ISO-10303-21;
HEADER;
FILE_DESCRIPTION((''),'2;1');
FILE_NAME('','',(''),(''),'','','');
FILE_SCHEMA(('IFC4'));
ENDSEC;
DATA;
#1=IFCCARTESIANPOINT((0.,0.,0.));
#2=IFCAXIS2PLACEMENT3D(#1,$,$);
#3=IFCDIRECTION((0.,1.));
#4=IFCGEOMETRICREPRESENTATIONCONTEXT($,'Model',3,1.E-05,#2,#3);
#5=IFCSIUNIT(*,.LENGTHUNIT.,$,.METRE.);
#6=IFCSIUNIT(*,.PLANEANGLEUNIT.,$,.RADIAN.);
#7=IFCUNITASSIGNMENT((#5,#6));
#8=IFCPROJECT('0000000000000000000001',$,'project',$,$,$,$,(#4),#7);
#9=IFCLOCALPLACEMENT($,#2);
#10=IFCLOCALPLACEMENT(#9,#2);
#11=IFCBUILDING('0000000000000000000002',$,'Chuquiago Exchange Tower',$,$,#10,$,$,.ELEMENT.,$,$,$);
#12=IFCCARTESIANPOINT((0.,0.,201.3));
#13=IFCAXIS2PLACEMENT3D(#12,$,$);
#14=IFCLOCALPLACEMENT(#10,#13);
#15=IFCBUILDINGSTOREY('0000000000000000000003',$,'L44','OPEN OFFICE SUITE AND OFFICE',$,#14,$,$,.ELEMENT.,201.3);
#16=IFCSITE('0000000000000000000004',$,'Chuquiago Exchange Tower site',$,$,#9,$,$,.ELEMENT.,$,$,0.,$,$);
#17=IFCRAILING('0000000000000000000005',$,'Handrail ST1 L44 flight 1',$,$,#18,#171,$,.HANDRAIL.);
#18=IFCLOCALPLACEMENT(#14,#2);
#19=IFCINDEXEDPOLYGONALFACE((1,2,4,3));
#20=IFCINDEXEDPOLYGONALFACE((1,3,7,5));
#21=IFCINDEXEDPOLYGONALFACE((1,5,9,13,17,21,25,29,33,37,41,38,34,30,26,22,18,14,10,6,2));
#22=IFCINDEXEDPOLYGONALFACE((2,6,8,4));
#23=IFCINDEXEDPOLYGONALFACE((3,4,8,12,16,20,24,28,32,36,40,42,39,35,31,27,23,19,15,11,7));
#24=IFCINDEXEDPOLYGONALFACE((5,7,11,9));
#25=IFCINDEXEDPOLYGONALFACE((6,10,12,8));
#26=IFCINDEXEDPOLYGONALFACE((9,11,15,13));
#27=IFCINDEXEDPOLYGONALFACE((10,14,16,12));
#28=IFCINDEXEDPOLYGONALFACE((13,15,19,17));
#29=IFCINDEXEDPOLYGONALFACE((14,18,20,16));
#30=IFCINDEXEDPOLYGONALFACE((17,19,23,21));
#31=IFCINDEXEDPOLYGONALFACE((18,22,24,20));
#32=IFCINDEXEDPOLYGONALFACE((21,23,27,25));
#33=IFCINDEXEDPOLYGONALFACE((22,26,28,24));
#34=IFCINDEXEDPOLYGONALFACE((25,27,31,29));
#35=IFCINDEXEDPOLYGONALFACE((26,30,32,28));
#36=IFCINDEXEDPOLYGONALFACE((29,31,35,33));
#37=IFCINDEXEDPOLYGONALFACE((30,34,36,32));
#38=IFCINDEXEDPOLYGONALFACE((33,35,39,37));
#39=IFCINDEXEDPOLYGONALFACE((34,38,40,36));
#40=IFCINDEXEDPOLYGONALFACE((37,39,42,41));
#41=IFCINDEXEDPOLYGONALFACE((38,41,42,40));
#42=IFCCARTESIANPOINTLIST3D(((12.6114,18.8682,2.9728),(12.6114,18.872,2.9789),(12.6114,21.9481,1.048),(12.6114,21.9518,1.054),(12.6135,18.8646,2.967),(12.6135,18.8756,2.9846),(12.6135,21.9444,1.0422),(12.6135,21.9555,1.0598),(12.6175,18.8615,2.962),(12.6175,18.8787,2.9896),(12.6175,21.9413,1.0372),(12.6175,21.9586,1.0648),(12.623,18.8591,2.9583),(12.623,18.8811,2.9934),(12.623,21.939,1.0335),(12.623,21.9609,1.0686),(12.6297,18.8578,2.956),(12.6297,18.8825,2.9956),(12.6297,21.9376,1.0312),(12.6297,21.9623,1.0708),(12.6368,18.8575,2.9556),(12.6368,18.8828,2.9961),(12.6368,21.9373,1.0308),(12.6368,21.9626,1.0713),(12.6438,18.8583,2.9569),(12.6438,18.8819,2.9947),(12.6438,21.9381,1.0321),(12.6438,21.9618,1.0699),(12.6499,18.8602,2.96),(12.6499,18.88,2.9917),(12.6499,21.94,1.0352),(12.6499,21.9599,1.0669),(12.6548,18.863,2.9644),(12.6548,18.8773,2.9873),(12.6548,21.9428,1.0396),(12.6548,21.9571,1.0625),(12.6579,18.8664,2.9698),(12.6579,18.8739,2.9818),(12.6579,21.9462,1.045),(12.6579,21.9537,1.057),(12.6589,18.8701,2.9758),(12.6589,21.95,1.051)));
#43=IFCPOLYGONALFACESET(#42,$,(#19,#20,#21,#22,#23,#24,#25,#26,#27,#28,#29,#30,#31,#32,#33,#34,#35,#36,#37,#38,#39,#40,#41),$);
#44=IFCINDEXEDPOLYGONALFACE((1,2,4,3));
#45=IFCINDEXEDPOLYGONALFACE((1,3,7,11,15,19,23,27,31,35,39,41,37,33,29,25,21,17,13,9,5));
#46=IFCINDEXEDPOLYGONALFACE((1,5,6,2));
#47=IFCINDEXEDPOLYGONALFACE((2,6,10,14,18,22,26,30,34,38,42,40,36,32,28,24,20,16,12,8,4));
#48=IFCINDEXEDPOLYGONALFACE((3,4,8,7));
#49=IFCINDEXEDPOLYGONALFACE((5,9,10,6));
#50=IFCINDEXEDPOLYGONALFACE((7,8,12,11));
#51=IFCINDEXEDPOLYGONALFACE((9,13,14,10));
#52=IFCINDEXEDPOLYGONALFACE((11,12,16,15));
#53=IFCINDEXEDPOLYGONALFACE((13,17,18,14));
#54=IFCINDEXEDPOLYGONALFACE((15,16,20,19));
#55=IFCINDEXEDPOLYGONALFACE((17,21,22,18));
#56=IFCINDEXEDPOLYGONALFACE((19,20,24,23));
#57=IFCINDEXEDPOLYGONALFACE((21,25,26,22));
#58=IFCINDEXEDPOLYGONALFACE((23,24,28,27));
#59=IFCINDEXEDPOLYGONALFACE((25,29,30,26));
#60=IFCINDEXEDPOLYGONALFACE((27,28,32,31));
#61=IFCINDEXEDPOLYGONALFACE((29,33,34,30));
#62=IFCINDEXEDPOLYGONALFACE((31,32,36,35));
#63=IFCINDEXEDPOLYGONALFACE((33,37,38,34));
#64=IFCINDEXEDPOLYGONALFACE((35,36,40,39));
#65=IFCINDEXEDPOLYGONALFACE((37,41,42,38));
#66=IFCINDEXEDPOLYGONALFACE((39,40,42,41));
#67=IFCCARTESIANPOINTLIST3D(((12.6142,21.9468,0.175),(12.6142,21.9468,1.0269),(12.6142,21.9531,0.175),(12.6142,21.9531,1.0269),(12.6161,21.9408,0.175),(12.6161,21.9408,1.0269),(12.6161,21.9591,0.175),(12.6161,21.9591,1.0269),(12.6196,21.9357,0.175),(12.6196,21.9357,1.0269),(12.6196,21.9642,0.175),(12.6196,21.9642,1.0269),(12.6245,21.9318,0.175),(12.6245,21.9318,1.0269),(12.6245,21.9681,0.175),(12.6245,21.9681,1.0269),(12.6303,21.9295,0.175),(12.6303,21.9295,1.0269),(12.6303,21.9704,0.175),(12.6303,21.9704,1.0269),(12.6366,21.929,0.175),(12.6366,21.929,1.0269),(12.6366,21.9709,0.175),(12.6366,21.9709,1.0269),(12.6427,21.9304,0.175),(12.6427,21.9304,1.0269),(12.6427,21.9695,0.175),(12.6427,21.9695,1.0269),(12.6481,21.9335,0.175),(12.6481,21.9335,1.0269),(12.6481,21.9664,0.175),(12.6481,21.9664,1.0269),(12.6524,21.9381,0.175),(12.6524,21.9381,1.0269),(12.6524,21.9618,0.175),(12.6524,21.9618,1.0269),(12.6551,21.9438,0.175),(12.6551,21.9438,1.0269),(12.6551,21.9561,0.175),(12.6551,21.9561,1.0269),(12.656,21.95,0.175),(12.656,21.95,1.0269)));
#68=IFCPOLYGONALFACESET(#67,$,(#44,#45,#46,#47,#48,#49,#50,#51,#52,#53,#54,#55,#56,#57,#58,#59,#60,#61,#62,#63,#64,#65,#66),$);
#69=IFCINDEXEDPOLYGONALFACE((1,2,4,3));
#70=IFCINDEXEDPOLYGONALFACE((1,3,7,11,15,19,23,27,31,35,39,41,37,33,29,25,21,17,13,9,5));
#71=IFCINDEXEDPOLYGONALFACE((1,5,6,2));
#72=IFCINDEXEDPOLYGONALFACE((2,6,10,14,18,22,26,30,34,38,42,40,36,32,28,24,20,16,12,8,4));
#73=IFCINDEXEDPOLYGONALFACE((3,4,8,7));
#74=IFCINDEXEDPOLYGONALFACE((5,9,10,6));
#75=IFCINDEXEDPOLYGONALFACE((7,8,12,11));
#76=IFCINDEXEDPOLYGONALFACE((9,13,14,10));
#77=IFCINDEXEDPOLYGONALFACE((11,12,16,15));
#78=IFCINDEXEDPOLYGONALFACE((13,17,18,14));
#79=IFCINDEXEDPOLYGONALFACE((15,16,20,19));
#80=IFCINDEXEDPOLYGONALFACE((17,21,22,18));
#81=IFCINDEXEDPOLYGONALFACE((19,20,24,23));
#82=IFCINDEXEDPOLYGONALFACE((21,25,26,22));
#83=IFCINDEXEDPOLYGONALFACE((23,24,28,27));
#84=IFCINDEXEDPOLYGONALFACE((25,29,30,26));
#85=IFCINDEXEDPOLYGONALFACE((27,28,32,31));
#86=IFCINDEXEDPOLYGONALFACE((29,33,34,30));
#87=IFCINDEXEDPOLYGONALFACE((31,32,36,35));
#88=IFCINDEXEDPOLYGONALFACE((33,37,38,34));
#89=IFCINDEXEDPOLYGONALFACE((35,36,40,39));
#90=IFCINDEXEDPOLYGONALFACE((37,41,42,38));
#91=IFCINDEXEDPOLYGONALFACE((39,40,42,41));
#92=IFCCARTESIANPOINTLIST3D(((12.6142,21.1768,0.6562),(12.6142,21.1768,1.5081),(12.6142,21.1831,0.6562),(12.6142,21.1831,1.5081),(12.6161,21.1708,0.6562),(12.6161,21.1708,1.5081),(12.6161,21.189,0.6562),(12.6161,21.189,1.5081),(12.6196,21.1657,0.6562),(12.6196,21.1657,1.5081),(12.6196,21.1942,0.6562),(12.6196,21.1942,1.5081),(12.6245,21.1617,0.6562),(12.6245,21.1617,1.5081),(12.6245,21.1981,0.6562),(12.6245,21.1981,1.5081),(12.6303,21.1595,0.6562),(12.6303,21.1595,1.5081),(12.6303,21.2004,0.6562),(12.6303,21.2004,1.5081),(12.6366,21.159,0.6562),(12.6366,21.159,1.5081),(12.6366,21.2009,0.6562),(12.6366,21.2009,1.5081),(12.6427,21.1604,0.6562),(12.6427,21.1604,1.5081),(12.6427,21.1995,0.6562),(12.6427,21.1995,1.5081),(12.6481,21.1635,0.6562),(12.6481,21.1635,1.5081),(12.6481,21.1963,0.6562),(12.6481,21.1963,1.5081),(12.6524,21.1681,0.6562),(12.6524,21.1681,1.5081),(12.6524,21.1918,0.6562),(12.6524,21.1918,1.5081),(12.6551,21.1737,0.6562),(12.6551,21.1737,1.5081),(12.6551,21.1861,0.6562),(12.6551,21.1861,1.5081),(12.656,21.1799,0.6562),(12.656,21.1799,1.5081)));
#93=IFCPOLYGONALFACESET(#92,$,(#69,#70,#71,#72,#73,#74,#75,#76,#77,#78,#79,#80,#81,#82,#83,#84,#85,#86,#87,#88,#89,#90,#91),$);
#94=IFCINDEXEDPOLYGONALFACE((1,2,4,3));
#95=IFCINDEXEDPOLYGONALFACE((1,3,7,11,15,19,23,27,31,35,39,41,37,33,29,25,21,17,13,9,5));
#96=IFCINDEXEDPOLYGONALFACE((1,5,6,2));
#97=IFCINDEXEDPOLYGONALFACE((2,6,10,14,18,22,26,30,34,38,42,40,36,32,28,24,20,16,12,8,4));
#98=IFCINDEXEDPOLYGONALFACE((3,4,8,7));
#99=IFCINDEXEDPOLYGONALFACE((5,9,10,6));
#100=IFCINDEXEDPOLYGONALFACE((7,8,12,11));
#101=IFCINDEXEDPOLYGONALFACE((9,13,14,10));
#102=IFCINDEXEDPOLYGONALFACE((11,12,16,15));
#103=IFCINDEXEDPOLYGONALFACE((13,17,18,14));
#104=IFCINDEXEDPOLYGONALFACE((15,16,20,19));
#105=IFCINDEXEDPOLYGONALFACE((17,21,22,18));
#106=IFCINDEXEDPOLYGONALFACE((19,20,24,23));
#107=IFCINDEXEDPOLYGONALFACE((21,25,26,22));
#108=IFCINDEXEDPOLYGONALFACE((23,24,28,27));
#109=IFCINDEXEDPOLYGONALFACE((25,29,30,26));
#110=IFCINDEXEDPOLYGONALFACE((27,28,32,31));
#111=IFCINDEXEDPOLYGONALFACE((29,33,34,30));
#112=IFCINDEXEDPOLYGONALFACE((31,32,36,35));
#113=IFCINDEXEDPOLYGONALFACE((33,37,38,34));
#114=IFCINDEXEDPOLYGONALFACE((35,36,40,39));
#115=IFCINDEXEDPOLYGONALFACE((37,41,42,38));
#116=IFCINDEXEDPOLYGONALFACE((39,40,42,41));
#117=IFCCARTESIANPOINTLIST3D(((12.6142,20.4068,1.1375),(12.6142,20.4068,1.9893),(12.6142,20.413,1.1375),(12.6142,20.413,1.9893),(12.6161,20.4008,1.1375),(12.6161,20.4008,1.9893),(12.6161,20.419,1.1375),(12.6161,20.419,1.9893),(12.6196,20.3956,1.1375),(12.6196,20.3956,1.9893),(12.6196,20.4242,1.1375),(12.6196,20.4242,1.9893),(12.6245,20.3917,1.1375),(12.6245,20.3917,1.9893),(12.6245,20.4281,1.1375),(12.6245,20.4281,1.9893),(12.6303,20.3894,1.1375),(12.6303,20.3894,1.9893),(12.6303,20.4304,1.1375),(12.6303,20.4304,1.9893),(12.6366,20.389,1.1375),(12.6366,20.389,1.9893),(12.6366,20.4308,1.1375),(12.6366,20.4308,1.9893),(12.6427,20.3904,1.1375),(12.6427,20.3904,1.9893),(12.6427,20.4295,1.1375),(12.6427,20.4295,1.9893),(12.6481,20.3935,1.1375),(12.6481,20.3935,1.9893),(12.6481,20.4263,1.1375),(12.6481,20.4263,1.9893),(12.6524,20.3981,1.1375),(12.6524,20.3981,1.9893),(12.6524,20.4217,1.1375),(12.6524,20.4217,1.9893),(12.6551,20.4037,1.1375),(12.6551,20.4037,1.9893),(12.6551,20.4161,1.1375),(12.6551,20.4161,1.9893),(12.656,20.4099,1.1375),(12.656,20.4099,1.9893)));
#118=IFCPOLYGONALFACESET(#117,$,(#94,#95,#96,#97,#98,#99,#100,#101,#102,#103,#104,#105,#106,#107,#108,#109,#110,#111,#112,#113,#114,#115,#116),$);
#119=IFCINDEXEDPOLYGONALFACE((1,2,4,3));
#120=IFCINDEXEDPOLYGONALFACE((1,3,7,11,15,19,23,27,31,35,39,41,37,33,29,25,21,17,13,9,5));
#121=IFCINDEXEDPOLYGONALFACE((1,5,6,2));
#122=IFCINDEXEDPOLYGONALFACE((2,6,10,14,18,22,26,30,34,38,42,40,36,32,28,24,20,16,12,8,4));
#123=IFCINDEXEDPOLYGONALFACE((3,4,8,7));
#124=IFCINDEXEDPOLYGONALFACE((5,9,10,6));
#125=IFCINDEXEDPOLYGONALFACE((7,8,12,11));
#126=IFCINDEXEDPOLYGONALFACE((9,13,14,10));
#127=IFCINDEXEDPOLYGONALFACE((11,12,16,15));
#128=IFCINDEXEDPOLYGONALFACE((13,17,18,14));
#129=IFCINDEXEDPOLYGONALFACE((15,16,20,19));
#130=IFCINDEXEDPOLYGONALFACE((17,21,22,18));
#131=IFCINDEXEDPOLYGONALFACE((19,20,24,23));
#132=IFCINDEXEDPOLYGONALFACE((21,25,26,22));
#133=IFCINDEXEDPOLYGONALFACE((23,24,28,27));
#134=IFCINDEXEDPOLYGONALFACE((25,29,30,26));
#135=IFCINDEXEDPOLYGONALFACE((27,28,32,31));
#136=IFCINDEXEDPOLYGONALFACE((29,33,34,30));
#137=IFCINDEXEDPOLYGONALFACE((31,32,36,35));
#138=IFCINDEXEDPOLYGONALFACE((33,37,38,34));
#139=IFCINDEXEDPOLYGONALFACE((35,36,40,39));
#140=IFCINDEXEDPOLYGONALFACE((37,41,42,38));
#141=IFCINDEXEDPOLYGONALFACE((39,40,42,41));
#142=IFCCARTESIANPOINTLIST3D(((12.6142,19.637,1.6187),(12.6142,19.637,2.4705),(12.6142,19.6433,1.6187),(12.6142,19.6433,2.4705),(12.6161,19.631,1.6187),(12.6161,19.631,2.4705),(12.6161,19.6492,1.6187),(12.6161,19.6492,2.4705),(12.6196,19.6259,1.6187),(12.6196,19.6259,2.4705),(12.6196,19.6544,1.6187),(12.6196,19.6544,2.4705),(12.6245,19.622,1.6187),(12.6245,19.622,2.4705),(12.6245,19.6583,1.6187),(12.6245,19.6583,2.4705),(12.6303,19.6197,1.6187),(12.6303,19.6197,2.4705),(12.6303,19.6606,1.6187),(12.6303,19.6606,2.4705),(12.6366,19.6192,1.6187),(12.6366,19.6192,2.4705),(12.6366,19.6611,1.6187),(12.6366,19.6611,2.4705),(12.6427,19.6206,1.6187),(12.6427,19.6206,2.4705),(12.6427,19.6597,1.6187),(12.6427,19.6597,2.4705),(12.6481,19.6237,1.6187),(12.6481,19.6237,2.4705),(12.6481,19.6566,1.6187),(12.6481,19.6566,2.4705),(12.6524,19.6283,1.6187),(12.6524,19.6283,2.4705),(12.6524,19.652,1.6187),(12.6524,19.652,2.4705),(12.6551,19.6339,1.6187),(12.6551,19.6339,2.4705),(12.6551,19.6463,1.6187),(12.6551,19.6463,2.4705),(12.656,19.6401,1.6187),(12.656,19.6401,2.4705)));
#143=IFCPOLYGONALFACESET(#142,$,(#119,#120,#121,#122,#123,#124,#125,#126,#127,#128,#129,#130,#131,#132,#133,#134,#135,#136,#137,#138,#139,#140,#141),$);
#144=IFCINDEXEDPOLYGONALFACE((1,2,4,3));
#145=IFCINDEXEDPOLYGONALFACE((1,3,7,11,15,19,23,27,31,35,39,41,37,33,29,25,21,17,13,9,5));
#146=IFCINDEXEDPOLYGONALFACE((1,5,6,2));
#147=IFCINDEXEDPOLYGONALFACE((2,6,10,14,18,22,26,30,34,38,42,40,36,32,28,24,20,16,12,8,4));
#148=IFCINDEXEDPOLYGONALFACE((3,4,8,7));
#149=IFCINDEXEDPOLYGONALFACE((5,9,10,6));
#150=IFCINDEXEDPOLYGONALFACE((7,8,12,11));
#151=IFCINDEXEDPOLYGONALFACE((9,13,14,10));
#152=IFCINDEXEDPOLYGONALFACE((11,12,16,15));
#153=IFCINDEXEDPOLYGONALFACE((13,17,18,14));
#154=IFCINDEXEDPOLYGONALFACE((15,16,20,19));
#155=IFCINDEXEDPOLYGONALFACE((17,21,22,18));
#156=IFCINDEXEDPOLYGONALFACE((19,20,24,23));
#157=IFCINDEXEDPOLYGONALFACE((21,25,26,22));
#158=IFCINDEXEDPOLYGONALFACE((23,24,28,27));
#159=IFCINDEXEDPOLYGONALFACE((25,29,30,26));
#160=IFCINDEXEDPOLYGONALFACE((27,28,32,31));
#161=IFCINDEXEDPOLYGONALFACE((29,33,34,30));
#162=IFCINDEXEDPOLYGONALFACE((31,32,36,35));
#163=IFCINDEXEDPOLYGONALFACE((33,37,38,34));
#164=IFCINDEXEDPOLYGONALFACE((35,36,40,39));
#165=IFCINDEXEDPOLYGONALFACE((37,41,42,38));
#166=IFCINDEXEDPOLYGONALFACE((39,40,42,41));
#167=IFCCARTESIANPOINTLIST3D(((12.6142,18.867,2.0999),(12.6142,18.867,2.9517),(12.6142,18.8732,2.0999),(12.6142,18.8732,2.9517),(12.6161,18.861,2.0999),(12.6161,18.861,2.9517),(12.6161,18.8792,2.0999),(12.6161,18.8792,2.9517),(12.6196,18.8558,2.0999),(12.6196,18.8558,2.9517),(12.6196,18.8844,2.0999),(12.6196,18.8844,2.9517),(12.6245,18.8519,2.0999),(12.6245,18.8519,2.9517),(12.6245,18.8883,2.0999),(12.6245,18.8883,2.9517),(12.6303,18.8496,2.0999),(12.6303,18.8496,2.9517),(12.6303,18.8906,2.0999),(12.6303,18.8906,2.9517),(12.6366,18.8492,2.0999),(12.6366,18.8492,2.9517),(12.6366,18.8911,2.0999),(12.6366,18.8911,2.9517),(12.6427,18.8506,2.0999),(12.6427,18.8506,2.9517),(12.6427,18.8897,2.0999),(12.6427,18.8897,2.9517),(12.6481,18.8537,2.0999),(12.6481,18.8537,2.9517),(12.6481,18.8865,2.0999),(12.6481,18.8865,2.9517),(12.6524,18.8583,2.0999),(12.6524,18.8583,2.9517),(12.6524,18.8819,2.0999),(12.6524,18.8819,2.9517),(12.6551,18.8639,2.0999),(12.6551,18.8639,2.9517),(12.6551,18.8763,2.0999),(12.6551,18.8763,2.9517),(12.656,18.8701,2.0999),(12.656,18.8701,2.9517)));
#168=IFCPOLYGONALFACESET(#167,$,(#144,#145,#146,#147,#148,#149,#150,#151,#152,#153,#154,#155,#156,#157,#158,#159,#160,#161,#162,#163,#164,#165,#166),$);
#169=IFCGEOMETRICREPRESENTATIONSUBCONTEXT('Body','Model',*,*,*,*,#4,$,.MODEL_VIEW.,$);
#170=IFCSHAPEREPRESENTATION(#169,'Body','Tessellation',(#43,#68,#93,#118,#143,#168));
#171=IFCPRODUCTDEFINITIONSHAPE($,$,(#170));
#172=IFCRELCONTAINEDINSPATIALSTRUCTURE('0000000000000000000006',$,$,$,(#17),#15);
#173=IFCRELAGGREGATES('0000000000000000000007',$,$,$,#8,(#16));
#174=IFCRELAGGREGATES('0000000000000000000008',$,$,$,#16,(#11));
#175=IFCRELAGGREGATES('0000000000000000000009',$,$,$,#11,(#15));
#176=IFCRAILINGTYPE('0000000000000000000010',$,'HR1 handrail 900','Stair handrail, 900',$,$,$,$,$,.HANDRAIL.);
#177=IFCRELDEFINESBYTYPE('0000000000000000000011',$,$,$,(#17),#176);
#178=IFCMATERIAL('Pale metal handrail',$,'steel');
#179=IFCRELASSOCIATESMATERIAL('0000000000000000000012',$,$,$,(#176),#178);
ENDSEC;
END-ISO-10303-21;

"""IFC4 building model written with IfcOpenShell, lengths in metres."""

from ifc_helpers import new_model, si_unit, direction, frame, origin, origin_2d, place, context, subcontext, project, spatial, circle, extrude, material, type_object, element, save


model = new_model("IFC4")

# Units and contexts
model_context = context("Model", 3, precision=1e-05, world=origin(), true_north=direction((0.0, 1.0)))
body_context = subcontext(model_context, "Body", "Model", "MODEL_VIEW")
ifc_project = project(units=[si_unit("LENGTHUNIT", "METRE"), si_unit("PLANEANGLEUNIT", "RADIAN")], contexts=[model_context])

# Site, building, storey
site_placement = place(None, origin())
site = spatial("IfcSite", under=ifc_project, at=site_placement, Name="Chuquiago Exchange Tower site", CompositionType="ELEMENT", RefElevation=0.0)
building_placement = place(site_placement, origin())
building = spatial("IfcBuilding", under=site, at=building_placement, Name="Chuquiago Exchange Tower", CompositionType="ELEMENT")
storey_placement = place(building_placement, frame((0.0, 0.0, 201.3)))
storey = spatial("IfcBuildingStorey", under=building, at=storey_placement, Name="L44", Description="OPEN OFFICE SUITE AND OFFICE", CompositionType="ELEMENT", Elevation=201.3)

# Railing
ifc_material_1 = material(Name="Pale metal handrail", Category="steel")
railing_type_1 = type_object("IfcRailingType", Name="HR1 handrail 900", Description="Stair handrail, 900", PredefinedType="HANDRAIL", material=ifc_material_1)
for number, where, name in (
    (1, (12.635, 21.95, 0.175), "Handrail ST1 L44 flight 1"),
):
    element("IfcRailing", number, at=place(storey_placement, frame(where)), inside=storey, type_object=railing_type_1, Name=name, PredefinedType="HANDRAIL", context=body_context, shape_type="SweptSolid", body=[
        extrude(circle(Radius=0.0239, at=origin_2d()), frame((0.0, 0.0, 0.876), z_axis=(0.0, -0.84801, 0.529981), x_axis=(1.0, 0.0, 0.0)), (0.0, 0.0, 1.0), 3.6318),
        extrude(circle(Radius=0.021, at=origin_2d()), origin(), (0.0, 0.0, 1.0), 0.8518),
        extrude(circle(Radius=0.021, at=origin_2d()), frame((0.0, -0.77, 0.4812)), (0.0, 0.0, 1.0), 0.8518),
        extrude(circle(Radius=0.021, at=origin_2d()), frame((0.0, -1.54, 0.9624)), (0.0, 0.0, 1.0), 0.8518),
        extrude(circle(Radius=0.021, at=origin_2d()), frame((0.0, -2.3098, 1.4436)), (0.0, 0.0, 1.0), 0.8518),
        extrude(circle(Radius=0.021, at=origin_2d()), frame((0.0, -3.0798, 1.9248)), (0.0, 0.0, 1.0), 0.8518),
    ])

save(model, "model.ifc")
